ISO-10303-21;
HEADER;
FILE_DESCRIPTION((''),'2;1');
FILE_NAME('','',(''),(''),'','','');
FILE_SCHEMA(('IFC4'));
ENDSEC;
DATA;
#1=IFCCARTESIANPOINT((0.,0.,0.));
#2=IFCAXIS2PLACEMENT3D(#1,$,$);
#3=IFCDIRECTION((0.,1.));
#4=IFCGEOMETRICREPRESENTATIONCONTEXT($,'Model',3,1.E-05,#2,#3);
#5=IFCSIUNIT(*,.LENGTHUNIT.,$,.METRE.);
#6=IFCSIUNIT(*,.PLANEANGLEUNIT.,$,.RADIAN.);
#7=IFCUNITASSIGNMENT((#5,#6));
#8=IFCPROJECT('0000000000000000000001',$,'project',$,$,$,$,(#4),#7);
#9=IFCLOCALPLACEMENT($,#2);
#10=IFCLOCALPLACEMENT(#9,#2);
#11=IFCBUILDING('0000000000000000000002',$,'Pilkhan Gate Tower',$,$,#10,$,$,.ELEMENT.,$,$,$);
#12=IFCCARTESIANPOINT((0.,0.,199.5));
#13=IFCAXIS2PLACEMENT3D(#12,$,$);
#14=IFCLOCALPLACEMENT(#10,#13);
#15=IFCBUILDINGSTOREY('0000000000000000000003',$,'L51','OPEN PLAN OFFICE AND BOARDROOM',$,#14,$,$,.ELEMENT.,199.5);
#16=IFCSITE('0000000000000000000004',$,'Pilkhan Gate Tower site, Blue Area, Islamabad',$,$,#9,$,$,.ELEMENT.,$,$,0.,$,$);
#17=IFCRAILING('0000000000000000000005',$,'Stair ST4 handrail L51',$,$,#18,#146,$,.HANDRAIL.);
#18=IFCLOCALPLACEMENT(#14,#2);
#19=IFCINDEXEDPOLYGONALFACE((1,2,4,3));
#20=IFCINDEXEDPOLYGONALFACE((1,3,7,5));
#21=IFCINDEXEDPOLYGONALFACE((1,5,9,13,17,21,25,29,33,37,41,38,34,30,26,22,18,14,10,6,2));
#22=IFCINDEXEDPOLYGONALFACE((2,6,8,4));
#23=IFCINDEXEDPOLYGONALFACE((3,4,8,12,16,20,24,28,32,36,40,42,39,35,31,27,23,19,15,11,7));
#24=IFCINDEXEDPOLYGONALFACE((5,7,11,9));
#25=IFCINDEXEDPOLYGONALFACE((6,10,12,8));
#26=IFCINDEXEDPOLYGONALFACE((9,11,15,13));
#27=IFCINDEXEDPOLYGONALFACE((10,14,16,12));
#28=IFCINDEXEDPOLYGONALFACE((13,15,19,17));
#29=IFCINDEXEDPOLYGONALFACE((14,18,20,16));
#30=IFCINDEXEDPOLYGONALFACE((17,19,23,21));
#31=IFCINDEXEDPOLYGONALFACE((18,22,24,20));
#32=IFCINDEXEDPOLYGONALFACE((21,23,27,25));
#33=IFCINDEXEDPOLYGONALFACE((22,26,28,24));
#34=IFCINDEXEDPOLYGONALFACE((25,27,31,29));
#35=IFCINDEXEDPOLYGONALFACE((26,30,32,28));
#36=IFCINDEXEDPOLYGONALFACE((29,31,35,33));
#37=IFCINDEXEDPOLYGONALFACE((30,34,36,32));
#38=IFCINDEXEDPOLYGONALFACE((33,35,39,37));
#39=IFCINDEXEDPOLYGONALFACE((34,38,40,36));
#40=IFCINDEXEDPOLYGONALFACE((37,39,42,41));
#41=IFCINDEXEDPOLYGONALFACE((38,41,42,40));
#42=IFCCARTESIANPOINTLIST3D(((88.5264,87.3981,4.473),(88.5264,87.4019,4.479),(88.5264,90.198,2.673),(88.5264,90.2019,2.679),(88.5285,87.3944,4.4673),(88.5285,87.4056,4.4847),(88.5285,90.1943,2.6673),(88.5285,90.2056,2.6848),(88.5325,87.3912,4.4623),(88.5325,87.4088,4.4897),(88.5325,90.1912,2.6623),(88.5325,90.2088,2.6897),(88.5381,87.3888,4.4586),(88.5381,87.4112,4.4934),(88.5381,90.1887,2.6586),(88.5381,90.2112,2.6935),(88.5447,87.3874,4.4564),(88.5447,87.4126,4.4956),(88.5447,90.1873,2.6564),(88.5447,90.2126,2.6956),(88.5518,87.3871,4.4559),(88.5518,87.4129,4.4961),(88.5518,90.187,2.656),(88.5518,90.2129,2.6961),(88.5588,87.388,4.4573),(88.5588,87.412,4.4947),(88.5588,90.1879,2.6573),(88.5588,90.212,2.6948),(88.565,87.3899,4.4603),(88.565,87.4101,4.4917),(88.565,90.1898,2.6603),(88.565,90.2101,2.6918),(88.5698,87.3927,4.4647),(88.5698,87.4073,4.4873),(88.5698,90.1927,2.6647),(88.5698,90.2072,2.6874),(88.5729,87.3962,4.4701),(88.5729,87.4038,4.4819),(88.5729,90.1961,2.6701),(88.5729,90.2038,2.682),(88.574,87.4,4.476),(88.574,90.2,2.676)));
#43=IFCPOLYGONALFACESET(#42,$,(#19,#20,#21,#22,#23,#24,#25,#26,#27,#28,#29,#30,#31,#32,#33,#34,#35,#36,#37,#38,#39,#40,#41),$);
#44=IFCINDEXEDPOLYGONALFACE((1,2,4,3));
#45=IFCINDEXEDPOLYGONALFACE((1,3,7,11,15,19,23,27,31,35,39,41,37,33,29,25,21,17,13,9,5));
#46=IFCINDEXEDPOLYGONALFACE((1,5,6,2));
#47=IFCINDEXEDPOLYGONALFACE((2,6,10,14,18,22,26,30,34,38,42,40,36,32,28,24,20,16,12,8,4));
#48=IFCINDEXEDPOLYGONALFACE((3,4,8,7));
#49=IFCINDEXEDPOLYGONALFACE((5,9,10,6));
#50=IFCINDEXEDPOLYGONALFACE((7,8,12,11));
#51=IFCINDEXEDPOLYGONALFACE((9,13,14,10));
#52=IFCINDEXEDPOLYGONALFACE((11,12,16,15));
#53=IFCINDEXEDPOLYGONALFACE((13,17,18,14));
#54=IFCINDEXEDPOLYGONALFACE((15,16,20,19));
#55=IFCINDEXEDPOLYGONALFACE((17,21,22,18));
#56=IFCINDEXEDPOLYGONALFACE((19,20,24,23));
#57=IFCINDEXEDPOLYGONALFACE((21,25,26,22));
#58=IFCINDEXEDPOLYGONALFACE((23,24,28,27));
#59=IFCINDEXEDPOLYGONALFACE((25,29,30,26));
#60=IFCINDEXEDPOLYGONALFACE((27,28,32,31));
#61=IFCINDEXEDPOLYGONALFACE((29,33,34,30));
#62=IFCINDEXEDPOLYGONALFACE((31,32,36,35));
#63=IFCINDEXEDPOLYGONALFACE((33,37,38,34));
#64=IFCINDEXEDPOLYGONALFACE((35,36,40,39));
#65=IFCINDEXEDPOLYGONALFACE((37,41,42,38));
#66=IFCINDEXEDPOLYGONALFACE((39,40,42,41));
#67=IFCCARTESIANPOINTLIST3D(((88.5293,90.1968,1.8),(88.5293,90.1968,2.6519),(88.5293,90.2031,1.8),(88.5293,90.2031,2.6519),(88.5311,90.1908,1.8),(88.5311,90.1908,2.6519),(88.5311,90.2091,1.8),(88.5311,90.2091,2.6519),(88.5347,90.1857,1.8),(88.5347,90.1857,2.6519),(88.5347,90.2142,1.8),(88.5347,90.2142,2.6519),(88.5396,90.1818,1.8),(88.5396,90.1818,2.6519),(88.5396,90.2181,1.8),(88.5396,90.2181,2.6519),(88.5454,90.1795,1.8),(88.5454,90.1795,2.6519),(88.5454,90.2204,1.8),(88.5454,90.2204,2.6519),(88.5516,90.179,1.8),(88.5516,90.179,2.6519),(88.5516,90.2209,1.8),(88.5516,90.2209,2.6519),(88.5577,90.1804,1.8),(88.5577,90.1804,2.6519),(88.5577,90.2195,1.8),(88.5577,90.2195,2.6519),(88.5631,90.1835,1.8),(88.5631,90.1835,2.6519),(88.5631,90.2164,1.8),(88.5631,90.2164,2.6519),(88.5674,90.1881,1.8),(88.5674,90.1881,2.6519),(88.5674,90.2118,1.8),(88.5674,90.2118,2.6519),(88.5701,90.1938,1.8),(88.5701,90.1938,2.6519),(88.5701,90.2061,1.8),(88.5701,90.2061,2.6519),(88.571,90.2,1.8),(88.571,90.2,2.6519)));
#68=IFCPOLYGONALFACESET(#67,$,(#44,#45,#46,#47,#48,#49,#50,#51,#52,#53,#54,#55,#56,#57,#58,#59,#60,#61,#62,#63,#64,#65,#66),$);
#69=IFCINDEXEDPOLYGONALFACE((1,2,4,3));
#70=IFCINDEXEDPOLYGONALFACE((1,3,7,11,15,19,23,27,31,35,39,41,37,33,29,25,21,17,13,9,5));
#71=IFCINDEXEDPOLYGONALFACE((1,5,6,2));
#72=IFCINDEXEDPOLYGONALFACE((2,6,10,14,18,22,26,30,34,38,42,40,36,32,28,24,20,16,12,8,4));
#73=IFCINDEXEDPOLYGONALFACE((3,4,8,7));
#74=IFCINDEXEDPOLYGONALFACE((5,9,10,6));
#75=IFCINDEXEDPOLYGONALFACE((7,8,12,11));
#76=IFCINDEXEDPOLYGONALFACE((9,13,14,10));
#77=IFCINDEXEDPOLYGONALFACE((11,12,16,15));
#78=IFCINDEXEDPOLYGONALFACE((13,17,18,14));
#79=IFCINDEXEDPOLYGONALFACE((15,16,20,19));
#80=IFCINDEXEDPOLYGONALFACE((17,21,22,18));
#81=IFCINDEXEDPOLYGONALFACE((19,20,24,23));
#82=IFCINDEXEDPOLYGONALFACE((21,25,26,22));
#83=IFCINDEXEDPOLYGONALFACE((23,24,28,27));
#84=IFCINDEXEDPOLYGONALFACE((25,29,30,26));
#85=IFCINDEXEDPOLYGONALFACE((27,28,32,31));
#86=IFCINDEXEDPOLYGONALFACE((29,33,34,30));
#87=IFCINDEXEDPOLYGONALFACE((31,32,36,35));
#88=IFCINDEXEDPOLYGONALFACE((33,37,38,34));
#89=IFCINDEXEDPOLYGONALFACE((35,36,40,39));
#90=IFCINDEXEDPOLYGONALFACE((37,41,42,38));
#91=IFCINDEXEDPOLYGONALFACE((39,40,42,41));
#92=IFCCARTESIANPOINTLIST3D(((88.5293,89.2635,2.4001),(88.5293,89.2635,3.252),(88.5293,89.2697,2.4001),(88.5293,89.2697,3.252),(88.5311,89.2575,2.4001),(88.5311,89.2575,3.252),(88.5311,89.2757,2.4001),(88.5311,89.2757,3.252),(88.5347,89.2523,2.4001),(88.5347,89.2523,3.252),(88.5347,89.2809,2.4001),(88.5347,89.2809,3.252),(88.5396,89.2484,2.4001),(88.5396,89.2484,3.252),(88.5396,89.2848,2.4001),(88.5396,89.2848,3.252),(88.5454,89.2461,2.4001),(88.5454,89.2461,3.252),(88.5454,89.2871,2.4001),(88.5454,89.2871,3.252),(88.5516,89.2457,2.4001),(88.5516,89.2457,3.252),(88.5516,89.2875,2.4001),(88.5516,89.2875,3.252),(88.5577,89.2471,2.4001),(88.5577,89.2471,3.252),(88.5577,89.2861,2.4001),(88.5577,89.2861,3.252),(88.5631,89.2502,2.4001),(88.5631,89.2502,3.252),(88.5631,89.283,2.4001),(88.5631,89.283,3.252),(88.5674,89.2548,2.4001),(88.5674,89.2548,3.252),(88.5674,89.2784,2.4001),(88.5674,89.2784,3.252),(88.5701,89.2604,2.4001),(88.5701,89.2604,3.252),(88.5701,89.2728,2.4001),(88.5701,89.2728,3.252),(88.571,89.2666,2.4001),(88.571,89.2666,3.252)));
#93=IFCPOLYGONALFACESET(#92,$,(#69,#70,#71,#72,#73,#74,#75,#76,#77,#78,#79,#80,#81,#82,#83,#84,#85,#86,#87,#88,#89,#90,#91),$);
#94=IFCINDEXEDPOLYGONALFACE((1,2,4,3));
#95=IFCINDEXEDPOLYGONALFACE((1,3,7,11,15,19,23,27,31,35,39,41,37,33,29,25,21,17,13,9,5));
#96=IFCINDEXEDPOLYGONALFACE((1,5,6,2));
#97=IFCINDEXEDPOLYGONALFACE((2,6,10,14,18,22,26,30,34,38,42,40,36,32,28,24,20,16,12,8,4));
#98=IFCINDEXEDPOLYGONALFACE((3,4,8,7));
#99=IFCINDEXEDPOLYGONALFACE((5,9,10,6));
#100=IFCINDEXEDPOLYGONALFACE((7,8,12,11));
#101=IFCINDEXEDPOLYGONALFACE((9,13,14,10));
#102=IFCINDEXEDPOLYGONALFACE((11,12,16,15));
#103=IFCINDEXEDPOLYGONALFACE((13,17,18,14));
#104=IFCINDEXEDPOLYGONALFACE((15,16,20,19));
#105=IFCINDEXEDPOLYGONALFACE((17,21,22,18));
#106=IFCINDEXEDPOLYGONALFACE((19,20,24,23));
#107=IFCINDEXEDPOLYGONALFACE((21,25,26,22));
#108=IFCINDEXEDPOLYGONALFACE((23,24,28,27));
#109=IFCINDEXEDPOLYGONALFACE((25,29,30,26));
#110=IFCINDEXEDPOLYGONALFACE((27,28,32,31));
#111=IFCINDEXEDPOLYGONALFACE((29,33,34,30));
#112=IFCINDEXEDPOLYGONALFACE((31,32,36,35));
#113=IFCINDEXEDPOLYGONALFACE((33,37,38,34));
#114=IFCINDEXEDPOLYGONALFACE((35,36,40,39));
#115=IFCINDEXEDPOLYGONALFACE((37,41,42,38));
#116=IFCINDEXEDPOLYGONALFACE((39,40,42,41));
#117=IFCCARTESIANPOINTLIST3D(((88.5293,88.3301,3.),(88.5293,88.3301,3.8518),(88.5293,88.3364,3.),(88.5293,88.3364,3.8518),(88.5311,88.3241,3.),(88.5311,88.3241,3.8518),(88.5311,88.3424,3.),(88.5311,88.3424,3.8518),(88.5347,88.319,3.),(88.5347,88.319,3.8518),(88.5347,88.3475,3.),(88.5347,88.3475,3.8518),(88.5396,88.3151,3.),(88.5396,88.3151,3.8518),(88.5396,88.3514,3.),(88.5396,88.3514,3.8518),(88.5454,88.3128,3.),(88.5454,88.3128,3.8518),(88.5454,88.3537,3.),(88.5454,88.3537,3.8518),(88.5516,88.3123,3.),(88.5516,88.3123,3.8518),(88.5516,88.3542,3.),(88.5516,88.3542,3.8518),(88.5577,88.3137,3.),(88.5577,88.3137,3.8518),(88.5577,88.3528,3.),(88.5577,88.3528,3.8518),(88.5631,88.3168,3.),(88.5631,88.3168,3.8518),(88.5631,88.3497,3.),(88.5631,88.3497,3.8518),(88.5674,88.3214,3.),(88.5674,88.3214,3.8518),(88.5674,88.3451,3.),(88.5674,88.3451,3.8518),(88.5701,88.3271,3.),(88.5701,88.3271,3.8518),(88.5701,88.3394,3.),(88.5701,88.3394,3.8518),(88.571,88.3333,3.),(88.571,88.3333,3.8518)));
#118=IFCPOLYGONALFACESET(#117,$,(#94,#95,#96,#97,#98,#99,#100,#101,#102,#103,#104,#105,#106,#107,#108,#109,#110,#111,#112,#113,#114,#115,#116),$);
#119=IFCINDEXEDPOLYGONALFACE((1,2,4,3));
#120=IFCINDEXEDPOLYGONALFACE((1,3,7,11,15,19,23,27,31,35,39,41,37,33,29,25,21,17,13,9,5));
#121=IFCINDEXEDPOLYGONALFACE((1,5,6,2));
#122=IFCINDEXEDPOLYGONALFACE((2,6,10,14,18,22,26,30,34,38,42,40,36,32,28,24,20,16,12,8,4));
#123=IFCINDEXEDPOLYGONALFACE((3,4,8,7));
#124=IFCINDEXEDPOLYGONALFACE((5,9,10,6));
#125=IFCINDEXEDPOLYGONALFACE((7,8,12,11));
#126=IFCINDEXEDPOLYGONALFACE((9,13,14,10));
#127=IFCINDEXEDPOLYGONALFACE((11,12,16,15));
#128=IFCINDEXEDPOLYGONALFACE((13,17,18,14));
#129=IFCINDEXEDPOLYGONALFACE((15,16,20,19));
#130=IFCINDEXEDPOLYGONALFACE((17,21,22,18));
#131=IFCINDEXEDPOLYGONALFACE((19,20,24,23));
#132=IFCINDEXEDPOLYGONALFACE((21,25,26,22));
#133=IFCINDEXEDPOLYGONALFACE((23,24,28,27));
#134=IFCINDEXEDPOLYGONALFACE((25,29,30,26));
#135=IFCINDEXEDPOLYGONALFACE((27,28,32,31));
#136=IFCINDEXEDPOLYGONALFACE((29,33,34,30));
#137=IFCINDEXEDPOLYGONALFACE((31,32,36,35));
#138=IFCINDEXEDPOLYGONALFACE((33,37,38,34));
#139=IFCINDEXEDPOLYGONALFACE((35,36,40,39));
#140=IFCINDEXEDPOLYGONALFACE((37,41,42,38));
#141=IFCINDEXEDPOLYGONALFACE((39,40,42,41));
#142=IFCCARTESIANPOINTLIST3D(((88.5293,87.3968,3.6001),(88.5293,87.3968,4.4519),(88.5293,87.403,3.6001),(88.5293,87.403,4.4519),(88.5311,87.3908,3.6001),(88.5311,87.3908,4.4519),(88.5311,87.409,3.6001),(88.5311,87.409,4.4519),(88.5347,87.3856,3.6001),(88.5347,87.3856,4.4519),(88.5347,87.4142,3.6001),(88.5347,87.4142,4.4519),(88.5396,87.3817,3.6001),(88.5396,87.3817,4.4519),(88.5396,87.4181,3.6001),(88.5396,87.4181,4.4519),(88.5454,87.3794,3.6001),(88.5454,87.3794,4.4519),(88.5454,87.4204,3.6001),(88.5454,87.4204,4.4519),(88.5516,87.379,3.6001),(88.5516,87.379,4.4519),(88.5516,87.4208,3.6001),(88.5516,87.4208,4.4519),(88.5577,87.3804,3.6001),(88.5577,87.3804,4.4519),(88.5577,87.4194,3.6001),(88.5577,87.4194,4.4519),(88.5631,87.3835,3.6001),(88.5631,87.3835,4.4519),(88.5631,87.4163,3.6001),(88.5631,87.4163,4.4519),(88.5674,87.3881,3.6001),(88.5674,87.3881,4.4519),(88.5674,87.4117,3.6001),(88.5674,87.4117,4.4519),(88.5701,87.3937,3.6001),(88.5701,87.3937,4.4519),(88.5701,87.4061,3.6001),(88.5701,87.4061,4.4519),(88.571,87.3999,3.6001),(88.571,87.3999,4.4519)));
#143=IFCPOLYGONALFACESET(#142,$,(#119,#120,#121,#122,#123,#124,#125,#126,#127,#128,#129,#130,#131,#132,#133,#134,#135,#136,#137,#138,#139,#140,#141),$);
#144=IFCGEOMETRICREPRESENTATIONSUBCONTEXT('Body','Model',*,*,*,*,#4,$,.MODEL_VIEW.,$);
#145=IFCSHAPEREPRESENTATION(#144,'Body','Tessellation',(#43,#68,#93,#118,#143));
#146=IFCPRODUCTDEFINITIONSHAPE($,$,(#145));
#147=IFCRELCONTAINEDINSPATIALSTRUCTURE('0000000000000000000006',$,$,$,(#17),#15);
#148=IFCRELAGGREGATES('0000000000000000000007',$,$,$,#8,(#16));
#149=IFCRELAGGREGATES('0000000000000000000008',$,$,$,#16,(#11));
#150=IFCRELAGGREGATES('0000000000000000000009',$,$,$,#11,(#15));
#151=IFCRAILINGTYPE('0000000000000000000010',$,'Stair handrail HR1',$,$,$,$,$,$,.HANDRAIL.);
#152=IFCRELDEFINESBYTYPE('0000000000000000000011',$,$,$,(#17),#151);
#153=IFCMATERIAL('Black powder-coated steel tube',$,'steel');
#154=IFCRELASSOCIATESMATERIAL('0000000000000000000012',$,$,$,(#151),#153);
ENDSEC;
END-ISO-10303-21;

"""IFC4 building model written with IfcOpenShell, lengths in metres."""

from ifc_helpers import new_model, si_unit, direction, frame, origin, origin_2d, place, context, subcontext, project, spatial, circle, extrude, material, type_object, element, save


model = new_model("IFC4")

# Units and contexts
model_context = context("Model", 3, precision=1e-05, world=origin(), true_north=direction((0.0, 1.0)))
body_context = subcontext(model_context, "Body", "Model", "MODEL_VIEW")
ifc_project = project(units=[si_unit("LENGTHUNIT", "METRE"), si_unit("PLANEANGLEUNIT", "RADIAN")], contexts=[model_context])

# Site, building, storey
site_placement = place(None, origin())
site = spatial("IfcSite", under=ifc_project, at=site_placement, Name="Pilkhan Gate Tower site, Blue Area, Islamabad", CompositionType="ELEMENT", RefElevation=0.0)
building_placement = place(site_placement, origin())
building = spatial("IfcBuilding", under=site, at=building_placement, Name="Pilkhan Gate Tower", CompositionType="ELEMENT")
storey_placement = place(building_placement, frame((0.0, 0.0, 199.5)))
storey = spatial("IfcBuildingStorey", under=building, at=storey_placement, Name="L51", Description="OPEN PLAN OFFICE AND BOARDROOM", CompositionType="ELEMENT", Elevation=199.5)

# Railing
ifc_material_1 = material(Name="Black powder-coated steel tube", Category="steel")
railing_type_1 = type_object("IfcRailingType", Name="Stair handrail HR1", PredefinedType="HANDRAIL", material=ifc_material_1)
for number, where, name in (
    (1, (88.55, 90.2, 1.8), "Stair ST4 handrail L51"),
):
    element("IfcRailing", number, at=place(storey_placement, frame(where)), inside=storey, type_object=railing_type_1, Name=name, PredefinedType="HANDRAIL", context=body_context, shape_type="SweptSolid", body=[
        extrude(circle(Radius=0.0239, at=origin_2d()), frame((0.0, 0.0, 0.876), z_axis=(0.0, -0.841176, 0.540761), x_axis=(1.0, 0.0, 0.0)), (0.0, 0.0, 1.0), 3.3286),
        extrude(circle(Radius=0.021, at=origin_2d()), origin(), (0.0, 0.0, 1.0), 0.8518),
        extrude(circle(Radius=0.021, at=origin_2d()), frame((0.0, -0.9333, 0.6001)), (0.0, 0.0, 1.0), 0.8518),
        extrude(circle(Radius=0.021, at=origin_2d()), frame((0.0, -1.8667, 1.2)), (0.0, 0.0, 1.0), 0.8518),
        extrude(circle(Radius=0.021, at=origin_2d()), frame((0.0, -2.8, 1.8)), (0.0, 0.0, 1.0), 0.8518),
    ])

save(model, "model.ifc")
